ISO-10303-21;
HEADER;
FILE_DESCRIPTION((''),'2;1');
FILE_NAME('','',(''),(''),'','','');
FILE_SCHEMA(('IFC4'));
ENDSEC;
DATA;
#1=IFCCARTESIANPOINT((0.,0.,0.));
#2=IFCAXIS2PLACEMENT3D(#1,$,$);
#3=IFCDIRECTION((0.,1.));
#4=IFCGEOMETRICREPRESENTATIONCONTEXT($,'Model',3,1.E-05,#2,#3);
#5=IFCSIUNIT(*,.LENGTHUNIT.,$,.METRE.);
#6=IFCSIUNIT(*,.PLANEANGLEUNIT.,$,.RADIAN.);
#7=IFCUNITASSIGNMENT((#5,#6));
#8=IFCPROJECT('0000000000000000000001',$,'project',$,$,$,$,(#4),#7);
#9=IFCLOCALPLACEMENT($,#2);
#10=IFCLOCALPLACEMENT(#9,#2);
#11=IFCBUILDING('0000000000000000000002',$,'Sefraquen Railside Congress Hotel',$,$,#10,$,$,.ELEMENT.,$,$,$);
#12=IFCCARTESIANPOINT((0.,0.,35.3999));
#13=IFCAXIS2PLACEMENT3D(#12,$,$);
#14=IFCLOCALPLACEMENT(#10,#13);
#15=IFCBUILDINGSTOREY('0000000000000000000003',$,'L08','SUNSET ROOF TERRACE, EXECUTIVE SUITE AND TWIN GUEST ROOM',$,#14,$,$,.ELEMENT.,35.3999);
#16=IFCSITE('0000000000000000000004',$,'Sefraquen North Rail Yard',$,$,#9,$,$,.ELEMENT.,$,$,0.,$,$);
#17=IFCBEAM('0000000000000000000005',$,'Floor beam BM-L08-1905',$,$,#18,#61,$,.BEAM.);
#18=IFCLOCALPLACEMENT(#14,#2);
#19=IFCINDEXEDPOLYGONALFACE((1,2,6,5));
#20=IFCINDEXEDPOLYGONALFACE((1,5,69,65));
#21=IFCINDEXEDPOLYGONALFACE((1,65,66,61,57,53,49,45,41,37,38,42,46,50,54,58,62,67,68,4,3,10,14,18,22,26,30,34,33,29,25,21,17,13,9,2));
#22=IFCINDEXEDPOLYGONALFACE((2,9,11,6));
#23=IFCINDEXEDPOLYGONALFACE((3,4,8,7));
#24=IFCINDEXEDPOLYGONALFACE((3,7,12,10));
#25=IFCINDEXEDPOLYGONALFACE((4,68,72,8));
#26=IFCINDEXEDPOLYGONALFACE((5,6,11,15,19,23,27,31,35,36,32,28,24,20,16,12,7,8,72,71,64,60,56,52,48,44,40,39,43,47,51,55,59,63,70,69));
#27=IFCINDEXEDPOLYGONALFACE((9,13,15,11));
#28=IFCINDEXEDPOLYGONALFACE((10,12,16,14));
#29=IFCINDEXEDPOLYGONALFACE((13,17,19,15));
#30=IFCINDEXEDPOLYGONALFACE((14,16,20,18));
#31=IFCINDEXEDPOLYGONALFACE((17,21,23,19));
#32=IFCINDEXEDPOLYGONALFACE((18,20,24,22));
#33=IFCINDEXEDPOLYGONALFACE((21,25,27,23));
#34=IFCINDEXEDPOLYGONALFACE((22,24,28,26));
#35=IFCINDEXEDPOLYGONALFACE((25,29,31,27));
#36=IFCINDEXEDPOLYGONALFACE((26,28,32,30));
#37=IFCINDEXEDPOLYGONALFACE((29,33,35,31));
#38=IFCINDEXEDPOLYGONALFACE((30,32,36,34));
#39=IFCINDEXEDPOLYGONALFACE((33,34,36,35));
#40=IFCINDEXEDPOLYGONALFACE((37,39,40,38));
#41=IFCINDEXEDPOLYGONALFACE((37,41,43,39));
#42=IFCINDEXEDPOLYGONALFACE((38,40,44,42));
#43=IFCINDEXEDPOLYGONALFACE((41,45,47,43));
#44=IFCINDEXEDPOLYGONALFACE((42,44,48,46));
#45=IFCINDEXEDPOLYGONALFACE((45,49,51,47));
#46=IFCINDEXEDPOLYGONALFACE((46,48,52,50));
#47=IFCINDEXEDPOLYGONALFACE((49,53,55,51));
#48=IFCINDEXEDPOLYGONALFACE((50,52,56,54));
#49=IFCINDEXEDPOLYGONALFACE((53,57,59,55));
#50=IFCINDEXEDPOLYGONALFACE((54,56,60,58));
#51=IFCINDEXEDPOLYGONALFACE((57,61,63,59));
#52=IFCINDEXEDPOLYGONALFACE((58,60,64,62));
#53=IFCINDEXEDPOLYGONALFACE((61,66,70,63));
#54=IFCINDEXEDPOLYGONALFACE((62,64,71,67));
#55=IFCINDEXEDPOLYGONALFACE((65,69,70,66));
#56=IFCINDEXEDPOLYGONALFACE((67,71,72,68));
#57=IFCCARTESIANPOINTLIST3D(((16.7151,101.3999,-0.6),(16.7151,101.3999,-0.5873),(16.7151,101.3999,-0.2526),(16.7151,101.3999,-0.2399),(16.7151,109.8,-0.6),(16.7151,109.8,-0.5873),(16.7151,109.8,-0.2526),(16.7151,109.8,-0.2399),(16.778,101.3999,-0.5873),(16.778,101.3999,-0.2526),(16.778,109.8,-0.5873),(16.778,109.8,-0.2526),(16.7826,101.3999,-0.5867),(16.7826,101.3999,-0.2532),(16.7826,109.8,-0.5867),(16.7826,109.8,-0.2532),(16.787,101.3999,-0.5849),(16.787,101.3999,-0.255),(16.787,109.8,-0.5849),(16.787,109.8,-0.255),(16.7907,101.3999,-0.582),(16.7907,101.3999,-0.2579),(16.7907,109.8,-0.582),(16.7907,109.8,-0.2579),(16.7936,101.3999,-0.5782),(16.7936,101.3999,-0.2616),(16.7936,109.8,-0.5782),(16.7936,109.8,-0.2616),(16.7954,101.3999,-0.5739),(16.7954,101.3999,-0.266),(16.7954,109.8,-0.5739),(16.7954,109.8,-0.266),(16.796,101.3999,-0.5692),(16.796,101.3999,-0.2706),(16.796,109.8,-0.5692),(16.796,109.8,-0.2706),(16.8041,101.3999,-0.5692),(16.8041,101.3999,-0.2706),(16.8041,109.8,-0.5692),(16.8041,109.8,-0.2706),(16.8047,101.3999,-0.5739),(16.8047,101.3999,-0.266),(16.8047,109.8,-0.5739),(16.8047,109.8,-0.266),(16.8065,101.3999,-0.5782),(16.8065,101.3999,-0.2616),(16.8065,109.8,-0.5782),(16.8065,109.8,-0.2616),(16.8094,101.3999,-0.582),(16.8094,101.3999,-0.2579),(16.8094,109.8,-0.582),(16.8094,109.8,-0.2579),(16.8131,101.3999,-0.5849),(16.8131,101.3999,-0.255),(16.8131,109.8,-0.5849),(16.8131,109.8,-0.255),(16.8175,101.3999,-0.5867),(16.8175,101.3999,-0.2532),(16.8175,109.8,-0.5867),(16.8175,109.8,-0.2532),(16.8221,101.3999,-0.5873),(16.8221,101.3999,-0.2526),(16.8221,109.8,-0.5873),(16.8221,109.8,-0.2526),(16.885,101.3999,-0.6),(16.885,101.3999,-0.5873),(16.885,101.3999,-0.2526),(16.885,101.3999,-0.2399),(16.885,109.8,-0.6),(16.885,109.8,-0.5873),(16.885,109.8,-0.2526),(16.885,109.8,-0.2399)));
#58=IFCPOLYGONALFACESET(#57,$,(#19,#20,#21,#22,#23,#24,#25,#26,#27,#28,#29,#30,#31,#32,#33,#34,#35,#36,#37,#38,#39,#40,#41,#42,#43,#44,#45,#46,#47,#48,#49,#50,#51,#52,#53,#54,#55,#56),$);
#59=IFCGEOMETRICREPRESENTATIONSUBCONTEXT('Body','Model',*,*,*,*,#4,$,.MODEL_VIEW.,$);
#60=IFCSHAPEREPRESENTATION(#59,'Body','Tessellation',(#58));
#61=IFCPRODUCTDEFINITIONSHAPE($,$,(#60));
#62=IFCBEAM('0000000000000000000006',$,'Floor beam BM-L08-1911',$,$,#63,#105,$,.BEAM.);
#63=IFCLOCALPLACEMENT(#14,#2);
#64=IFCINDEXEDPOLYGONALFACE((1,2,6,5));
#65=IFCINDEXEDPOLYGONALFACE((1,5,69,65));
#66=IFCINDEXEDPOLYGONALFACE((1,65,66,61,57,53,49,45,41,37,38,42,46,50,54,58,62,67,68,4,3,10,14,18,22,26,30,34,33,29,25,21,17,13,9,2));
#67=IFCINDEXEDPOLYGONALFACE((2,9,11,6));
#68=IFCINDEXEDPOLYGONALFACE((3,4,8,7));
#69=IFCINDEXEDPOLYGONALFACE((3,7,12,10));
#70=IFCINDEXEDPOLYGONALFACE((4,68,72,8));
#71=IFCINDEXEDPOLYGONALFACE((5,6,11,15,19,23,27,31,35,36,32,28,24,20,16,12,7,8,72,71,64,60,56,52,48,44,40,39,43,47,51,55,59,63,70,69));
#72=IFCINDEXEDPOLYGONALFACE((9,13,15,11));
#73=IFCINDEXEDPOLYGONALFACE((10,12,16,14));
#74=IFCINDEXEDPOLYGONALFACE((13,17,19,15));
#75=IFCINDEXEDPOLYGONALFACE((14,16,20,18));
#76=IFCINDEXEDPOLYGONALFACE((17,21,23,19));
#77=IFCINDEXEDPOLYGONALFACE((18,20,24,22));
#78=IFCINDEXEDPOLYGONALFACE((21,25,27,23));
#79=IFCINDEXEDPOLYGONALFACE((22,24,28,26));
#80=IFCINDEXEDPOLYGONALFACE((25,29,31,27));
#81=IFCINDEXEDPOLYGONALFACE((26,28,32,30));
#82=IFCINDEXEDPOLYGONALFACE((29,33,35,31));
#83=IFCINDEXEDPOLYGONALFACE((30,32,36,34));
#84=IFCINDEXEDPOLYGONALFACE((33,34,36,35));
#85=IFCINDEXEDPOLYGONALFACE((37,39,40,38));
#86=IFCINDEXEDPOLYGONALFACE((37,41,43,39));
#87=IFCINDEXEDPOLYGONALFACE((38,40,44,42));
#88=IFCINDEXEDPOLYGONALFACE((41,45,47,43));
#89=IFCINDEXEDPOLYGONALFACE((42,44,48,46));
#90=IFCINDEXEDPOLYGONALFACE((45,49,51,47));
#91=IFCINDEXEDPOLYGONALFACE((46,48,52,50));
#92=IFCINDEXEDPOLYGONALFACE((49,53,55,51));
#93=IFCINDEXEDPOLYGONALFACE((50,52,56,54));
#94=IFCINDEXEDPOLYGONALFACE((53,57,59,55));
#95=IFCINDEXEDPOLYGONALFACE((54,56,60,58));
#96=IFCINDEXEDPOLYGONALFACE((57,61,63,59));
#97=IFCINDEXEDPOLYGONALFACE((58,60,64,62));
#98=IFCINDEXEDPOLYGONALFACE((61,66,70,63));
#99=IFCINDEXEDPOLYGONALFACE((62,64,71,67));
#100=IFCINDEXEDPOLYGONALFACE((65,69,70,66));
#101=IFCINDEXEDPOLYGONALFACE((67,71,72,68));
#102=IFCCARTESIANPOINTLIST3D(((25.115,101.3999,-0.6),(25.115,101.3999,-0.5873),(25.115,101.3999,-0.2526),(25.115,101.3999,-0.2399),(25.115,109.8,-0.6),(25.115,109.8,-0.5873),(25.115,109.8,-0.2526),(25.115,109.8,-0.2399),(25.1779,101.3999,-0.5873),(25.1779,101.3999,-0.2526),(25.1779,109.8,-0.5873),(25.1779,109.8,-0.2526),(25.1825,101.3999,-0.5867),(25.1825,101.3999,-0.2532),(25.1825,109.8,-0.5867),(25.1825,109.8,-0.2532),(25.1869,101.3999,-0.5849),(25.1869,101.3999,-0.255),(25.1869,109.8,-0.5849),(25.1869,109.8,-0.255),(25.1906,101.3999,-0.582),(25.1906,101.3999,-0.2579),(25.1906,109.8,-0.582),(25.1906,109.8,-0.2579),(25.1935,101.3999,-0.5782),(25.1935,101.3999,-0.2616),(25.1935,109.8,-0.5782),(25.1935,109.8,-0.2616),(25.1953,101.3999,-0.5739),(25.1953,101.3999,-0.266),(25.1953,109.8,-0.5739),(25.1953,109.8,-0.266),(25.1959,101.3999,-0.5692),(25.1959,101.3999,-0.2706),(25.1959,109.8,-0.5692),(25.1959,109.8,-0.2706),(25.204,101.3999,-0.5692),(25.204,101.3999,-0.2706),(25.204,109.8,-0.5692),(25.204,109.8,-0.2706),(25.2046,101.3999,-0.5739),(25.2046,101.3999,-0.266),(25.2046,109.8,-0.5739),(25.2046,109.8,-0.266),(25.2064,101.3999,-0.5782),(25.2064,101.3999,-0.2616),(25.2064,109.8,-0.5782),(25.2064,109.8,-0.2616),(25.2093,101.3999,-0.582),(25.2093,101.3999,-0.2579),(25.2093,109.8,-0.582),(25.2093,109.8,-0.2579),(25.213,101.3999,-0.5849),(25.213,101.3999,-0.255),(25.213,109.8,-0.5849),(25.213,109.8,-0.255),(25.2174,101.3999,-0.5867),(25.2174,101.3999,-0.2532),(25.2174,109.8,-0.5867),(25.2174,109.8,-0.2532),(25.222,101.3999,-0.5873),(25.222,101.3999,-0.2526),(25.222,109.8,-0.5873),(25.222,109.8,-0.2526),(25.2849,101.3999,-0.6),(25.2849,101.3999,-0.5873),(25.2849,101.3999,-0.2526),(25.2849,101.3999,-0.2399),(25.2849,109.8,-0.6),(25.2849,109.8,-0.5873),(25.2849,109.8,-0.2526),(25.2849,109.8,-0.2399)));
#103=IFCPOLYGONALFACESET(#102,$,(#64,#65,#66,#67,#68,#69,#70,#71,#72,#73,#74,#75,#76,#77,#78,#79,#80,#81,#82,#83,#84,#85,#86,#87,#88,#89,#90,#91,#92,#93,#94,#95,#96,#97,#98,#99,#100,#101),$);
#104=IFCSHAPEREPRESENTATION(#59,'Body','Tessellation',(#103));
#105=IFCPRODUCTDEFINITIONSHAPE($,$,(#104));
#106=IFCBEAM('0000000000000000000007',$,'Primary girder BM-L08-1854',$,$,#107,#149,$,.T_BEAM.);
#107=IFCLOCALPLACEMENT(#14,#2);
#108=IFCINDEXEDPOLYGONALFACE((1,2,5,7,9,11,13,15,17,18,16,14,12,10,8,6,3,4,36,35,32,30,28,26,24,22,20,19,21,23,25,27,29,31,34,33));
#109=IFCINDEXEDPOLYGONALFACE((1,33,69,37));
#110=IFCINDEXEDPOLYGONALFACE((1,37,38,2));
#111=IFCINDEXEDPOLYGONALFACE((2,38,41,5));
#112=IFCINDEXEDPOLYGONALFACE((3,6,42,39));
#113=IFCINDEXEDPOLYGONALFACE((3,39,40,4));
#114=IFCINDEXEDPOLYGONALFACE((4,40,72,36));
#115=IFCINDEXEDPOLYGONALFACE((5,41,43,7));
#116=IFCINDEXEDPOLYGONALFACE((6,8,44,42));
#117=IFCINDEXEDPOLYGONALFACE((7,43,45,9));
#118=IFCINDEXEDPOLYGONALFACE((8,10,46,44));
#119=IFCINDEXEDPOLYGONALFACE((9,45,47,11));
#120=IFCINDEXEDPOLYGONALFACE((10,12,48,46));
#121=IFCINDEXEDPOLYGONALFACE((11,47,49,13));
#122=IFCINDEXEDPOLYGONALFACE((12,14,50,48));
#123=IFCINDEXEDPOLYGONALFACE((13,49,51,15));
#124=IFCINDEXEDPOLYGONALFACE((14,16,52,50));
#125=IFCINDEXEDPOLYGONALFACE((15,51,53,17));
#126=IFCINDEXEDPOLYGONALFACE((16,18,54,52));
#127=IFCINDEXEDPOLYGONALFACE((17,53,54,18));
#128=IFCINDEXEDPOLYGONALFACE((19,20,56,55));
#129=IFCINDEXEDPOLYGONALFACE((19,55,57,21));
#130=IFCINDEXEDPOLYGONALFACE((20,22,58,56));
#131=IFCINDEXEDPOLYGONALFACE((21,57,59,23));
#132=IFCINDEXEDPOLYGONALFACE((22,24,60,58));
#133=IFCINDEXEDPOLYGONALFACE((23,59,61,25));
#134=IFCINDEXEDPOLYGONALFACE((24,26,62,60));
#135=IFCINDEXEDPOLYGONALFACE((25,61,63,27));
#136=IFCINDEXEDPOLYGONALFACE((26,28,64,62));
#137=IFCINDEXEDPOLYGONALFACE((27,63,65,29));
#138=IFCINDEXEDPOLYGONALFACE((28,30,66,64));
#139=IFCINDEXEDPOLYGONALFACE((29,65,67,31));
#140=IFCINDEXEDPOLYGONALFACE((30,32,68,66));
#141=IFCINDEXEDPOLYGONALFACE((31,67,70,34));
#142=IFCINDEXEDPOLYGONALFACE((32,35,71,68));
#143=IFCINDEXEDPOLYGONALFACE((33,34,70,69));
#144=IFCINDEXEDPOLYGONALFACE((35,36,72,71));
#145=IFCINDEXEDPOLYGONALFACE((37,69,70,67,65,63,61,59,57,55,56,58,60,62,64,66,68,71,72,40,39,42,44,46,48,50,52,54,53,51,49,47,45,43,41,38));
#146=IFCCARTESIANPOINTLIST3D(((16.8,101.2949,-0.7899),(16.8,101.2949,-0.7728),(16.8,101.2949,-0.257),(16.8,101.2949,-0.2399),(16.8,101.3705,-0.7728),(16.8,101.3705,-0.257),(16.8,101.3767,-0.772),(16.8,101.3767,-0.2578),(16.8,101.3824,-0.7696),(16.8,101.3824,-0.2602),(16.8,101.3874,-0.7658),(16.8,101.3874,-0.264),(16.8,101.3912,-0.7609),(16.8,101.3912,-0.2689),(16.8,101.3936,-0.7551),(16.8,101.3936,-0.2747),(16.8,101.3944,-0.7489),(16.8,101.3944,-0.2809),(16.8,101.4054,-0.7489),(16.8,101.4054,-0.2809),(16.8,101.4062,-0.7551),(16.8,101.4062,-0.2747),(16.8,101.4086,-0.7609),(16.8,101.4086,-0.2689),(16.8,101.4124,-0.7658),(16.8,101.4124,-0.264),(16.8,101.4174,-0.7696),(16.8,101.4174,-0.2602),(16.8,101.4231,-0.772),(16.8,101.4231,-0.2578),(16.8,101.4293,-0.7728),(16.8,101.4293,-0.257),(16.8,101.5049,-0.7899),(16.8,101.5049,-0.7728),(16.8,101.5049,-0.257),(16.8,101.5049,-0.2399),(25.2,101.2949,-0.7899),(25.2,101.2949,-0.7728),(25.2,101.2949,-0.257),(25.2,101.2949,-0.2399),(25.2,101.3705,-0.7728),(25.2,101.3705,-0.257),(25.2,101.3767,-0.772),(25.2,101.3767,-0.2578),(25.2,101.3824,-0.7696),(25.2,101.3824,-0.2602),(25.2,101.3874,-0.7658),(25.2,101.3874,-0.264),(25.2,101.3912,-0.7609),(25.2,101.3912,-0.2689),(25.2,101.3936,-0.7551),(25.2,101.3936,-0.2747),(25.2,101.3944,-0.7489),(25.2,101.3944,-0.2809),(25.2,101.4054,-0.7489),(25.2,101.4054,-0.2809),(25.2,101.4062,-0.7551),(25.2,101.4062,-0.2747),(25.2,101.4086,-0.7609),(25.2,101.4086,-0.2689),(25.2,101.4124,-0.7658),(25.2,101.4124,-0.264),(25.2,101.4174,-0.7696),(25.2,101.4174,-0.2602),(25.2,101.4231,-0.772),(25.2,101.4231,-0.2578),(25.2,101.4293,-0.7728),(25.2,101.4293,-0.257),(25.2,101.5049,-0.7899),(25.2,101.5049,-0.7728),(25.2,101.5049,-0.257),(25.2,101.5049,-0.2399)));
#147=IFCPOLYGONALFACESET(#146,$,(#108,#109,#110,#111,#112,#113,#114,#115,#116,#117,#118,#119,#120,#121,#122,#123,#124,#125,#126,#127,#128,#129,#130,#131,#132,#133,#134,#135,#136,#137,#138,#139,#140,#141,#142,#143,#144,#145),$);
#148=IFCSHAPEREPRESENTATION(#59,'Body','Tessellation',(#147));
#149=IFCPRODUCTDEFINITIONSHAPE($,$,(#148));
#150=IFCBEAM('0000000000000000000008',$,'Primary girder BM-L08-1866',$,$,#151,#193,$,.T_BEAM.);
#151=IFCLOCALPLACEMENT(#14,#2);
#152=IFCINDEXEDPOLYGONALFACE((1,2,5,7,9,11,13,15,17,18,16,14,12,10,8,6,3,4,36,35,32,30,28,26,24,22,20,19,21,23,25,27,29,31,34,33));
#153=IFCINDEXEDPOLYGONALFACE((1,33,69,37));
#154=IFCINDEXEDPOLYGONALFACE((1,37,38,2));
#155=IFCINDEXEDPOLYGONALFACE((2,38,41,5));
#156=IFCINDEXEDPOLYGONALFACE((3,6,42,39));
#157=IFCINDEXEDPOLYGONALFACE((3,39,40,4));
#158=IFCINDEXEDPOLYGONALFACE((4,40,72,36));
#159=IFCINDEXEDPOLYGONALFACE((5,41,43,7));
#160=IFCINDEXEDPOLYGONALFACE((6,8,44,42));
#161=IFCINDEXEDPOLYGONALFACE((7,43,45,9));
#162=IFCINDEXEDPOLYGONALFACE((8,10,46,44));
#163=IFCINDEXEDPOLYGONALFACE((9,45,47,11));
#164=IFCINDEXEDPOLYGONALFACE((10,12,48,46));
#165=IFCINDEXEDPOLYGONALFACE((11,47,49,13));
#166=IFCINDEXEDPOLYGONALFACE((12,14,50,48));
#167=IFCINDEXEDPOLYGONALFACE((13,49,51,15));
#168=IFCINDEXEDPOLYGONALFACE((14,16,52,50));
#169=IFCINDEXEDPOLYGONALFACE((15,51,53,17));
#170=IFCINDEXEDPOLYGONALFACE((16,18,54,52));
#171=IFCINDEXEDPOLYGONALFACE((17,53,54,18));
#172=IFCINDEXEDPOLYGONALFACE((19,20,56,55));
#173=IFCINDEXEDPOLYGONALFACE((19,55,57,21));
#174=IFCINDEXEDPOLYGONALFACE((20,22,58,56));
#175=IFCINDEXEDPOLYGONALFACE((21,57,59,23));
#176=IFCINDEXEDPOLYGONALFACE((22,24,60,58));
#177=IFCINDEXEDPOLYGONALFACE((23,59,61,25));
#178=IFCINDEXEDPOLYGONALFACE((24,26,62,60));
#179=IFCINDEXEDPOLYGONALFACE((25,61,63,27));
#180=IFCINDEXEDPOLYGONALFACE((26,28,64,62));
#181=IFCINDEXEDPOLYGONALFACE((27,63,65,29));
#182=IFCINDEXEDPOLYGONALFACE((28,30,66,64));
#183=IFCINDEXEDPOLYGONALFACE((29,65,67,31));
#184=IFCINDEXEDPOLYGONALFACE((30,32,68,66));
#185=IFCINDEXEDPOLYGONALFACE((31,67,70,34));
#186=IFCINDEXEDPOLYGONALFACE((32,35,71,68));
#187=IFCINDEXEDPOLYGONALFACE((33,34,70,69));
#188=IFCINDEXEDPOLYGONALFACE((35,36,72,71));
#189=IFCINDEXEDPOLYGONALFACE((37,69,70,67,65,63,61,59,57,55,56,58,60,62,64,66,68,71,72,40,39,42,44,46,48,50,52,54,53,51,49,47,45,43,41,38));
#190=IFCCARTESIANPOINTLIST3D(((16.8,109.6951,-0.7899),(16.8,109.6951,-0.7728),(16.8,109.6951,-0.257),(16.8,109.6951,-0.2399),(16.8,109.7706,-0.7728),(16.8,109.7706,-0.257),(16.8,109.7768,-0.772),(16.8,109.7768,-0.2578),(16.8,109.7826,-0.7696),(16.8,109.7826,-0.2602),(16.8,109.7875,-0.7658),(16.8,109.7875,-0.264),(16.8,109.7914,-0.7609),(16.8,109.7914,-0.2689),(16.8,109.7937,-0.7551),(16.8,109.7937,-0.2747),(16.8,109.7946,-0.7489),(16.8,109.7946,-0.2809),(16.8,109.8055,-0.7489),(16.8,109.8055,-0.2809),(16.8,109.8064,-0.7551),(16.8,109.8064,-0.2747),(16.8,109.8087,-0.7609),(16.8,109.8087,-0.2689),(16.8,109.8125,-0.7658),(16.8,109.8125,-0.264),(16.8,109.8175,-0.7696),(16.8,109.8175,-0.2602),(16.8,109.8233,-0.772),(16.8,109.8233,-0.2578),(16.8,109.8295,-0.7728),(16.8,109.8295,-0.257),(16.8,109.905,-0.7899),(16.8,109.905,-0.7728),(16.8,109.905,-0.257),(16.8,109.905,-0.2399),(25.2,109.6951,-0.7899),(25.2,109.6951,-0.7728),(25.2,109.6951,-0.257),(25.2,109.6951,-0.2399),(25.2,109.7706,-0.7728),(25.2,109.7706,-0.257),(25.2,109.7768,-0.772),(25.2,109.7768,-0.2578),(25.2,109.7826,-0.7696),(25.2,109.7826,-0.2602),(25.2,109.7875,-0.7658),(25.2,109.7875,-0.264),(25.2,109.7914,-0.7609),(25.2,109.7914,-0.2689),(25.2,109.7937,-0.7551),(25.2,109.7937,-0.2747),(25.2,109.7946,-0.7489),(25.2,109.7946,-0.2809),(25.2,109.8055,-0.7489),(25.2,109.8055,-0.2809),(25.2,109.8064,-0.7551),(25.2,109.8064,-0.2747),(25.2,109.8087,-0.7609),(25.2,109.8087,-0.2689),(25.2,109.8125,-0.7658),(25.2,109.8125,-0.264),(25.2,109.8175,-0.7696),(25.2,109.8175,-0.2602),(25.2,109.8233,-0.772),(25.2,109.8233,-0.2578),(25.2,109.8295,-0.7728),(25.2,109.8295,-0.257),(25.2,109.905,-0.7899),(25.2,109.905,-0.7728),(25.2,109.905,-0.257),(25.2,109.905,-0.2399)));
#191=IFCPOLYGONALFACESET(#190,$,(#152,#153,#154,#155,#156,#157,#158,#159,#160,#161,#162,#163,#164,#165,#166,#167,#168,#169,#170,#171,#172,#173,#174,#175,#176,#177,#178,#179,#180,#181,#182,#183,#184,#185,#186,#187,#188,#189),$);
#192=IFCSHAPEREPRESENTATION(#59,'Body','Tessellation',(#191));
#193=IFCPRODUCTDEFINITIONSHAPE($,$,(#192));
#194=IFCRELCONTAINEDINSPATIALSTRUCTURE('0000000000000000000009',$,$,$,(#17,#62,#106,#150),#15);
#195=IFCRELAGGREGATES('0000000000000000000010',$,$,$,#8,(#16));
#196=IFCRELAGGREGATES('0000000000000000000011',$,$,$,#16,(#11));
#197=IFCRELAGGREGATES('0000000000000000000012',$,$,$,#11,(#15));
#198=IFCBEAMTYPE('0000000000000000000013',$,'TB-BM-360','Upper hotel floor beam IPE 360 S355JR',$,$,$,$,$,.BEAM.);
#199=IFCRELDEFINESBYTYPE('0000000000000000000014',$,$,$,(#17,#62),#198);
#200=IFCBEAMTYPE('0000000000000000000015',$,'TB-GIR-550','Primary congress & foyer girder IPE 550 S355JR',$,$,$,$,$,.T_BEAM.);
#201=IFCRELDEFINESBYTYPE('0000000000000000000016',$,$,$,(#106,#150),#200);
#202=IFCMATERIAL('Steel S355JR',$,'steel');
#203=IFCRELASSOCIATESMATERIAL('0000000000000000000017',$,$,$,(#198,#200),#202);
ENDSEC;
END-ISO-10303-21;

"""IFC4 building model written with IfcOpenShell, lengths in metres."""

from ifc_helpers import new_model, si_unit, direction, frame, origin, origin_2d, place, context, subcontext, project, spatial, i_section, extrude, material, material_profile, profile_set, type_object, element, save


model = new_model("IFC4")

# Units and contexts
model_context = context("Model", 3, precision=1e-05, world=origin(), true_north=direction((0.0, 1.0)))
body_context = subcontext(model_context, "Body", "Model", "MODEL_VIEW")
ifc_project = project(units=[si_unit("LENGTHUNIT", "METRE"), si_unit("PLANEANGLEUNIT", "RADIAN")], contexts=[model_context])

# Site, building, storey
site_placement = place(None, origin())
site = spatial("IfcSite", under=ifc_project, at=site_placement, Name="Sefraquen North Rail Yard", CompositionType="ELEMENT", RefElevation=0.0)
building_placement = place(site_placement, origin())
building = spatial("IfcBuilding", under=site, at=building_placement, Name="Sefraquen Railside Congress Hotel", CompositionType="ELEMENT")
storey_placement = place(building_placement, frame((0.0, 0.0, 35.3999)))
storey = spatial("IfcBuildingStorey", under=building, at=storey_placement, Name="L08", Description="SUNSET ROOF TERRACE, EXECUTIVE SUITE AND TWIN GUEST ROOM", CompositionType="ELEMENT", Elevation=35.3999)

# Shared definitions
ifc_material_1 = material(Name="Steel S355JR", Category="steel")

# Beams
ifc_material_profile_1 = material_profile(ifc_material_1, i_section(OverallWidth=0.1699, OverallDepth=0.3601, WebThickness=0.0081, FlangeThickness=0.0127, FilletRadius=0.0181, at=origin_2d()), Name="IPE 360")
ifc_profile_set_1 = profile_set([ifc_material_profile_1], Name="Steel S355JR")
beam_type_1 = type_object("IfcBeamType", Name="TB-BM-360", Description="Upper hotel floor beam IPE 360 S355JR", PredefinedType="BEAM", material=ifc_profile_set_1)
for number, where, z_axis, x_axis, name in (
    (1, (16.8, 101.3999, -0.4199), (0.0, 1.0, 0.0), (-1.0, 0.0, 0.0), "Floor beam BM-L08-1905"),
    (2, (25.2, 101.3999, -0.4199), (0.0, 1.0, 0.0), (-1.0, 0.0, 0.0), "Floor beam BM-L08-1911"),
):
    element("IfcBeam", number, at=place(storey_placement, frame(where, z_axis=z_axis, x_axis=x_axis)), inside=storey, type_object=beam_type_1, Name=name, PredefinedType="BEAM", context=body_context, shape_type="SweptSolid", body=[
        extrude(i_section(OverallWidth=0.1699, OverallDepth=0.3601, WebThickness=0.0081, FlangeThickness=0.0127, FilletRadius=0.0181, at=origin_2d()), origin(), (0.0, 0.0, 1.0), 8.4001),
    ])
ifc_material_profile_2 = material_profile(ifc_material_1, i_section(OverallWidth=0.21, OverallDepth=0.55, WebThickness=0.011, FlangeThickness=0.0171, FilletRadius=0.0239, at=origin_2d()), Name="IPE 550")
ifc_profile_set_2 = profile_set([ifc_material_profile_2], Name="Steel S355JR")
beam_type_2 = type_object("IfcBeamType", Name="TB-GIR-550", Description="Primary congress & foyer girder IPE 550 S355JR", PredefinedType="T_BEAM", material=ifc_profile_set_2)
for number, where, z_axis, x_axis, name in (
    (3, (16.8, 101.3999, -0.5149), (1.0, 0.0, 0.0), (0.0, 1.0, 0.0), "Primary girder BM-L08-1854"),
    (4, (16.8, 109.8, -0.5149), (1.0, 0.0, 0.0), (0.0, 1.0, 0.0), "Primary girder BM-L08-1866"),
):
    element("IfcBeam", number, at=place(storey_placement, frame(where, z_axis=z_axis, x_axis=x_axis)), inside=storey, type_object=beam_type_2, Name=name, PredefinedType="T_BEAM", context=body_context, shape_type="SweptSolid", body=[
        extrude(i_section(OverallWidth=0.21, OverallDepth=0.55, WebThickness=0.011, FlangeThickness=0.0171, FilletRadius=0.0239, at=origin_2d()), origin(), (0.0, 0.0, 1.0), 8.3999),
    ])

save(model, "model.ifc")
